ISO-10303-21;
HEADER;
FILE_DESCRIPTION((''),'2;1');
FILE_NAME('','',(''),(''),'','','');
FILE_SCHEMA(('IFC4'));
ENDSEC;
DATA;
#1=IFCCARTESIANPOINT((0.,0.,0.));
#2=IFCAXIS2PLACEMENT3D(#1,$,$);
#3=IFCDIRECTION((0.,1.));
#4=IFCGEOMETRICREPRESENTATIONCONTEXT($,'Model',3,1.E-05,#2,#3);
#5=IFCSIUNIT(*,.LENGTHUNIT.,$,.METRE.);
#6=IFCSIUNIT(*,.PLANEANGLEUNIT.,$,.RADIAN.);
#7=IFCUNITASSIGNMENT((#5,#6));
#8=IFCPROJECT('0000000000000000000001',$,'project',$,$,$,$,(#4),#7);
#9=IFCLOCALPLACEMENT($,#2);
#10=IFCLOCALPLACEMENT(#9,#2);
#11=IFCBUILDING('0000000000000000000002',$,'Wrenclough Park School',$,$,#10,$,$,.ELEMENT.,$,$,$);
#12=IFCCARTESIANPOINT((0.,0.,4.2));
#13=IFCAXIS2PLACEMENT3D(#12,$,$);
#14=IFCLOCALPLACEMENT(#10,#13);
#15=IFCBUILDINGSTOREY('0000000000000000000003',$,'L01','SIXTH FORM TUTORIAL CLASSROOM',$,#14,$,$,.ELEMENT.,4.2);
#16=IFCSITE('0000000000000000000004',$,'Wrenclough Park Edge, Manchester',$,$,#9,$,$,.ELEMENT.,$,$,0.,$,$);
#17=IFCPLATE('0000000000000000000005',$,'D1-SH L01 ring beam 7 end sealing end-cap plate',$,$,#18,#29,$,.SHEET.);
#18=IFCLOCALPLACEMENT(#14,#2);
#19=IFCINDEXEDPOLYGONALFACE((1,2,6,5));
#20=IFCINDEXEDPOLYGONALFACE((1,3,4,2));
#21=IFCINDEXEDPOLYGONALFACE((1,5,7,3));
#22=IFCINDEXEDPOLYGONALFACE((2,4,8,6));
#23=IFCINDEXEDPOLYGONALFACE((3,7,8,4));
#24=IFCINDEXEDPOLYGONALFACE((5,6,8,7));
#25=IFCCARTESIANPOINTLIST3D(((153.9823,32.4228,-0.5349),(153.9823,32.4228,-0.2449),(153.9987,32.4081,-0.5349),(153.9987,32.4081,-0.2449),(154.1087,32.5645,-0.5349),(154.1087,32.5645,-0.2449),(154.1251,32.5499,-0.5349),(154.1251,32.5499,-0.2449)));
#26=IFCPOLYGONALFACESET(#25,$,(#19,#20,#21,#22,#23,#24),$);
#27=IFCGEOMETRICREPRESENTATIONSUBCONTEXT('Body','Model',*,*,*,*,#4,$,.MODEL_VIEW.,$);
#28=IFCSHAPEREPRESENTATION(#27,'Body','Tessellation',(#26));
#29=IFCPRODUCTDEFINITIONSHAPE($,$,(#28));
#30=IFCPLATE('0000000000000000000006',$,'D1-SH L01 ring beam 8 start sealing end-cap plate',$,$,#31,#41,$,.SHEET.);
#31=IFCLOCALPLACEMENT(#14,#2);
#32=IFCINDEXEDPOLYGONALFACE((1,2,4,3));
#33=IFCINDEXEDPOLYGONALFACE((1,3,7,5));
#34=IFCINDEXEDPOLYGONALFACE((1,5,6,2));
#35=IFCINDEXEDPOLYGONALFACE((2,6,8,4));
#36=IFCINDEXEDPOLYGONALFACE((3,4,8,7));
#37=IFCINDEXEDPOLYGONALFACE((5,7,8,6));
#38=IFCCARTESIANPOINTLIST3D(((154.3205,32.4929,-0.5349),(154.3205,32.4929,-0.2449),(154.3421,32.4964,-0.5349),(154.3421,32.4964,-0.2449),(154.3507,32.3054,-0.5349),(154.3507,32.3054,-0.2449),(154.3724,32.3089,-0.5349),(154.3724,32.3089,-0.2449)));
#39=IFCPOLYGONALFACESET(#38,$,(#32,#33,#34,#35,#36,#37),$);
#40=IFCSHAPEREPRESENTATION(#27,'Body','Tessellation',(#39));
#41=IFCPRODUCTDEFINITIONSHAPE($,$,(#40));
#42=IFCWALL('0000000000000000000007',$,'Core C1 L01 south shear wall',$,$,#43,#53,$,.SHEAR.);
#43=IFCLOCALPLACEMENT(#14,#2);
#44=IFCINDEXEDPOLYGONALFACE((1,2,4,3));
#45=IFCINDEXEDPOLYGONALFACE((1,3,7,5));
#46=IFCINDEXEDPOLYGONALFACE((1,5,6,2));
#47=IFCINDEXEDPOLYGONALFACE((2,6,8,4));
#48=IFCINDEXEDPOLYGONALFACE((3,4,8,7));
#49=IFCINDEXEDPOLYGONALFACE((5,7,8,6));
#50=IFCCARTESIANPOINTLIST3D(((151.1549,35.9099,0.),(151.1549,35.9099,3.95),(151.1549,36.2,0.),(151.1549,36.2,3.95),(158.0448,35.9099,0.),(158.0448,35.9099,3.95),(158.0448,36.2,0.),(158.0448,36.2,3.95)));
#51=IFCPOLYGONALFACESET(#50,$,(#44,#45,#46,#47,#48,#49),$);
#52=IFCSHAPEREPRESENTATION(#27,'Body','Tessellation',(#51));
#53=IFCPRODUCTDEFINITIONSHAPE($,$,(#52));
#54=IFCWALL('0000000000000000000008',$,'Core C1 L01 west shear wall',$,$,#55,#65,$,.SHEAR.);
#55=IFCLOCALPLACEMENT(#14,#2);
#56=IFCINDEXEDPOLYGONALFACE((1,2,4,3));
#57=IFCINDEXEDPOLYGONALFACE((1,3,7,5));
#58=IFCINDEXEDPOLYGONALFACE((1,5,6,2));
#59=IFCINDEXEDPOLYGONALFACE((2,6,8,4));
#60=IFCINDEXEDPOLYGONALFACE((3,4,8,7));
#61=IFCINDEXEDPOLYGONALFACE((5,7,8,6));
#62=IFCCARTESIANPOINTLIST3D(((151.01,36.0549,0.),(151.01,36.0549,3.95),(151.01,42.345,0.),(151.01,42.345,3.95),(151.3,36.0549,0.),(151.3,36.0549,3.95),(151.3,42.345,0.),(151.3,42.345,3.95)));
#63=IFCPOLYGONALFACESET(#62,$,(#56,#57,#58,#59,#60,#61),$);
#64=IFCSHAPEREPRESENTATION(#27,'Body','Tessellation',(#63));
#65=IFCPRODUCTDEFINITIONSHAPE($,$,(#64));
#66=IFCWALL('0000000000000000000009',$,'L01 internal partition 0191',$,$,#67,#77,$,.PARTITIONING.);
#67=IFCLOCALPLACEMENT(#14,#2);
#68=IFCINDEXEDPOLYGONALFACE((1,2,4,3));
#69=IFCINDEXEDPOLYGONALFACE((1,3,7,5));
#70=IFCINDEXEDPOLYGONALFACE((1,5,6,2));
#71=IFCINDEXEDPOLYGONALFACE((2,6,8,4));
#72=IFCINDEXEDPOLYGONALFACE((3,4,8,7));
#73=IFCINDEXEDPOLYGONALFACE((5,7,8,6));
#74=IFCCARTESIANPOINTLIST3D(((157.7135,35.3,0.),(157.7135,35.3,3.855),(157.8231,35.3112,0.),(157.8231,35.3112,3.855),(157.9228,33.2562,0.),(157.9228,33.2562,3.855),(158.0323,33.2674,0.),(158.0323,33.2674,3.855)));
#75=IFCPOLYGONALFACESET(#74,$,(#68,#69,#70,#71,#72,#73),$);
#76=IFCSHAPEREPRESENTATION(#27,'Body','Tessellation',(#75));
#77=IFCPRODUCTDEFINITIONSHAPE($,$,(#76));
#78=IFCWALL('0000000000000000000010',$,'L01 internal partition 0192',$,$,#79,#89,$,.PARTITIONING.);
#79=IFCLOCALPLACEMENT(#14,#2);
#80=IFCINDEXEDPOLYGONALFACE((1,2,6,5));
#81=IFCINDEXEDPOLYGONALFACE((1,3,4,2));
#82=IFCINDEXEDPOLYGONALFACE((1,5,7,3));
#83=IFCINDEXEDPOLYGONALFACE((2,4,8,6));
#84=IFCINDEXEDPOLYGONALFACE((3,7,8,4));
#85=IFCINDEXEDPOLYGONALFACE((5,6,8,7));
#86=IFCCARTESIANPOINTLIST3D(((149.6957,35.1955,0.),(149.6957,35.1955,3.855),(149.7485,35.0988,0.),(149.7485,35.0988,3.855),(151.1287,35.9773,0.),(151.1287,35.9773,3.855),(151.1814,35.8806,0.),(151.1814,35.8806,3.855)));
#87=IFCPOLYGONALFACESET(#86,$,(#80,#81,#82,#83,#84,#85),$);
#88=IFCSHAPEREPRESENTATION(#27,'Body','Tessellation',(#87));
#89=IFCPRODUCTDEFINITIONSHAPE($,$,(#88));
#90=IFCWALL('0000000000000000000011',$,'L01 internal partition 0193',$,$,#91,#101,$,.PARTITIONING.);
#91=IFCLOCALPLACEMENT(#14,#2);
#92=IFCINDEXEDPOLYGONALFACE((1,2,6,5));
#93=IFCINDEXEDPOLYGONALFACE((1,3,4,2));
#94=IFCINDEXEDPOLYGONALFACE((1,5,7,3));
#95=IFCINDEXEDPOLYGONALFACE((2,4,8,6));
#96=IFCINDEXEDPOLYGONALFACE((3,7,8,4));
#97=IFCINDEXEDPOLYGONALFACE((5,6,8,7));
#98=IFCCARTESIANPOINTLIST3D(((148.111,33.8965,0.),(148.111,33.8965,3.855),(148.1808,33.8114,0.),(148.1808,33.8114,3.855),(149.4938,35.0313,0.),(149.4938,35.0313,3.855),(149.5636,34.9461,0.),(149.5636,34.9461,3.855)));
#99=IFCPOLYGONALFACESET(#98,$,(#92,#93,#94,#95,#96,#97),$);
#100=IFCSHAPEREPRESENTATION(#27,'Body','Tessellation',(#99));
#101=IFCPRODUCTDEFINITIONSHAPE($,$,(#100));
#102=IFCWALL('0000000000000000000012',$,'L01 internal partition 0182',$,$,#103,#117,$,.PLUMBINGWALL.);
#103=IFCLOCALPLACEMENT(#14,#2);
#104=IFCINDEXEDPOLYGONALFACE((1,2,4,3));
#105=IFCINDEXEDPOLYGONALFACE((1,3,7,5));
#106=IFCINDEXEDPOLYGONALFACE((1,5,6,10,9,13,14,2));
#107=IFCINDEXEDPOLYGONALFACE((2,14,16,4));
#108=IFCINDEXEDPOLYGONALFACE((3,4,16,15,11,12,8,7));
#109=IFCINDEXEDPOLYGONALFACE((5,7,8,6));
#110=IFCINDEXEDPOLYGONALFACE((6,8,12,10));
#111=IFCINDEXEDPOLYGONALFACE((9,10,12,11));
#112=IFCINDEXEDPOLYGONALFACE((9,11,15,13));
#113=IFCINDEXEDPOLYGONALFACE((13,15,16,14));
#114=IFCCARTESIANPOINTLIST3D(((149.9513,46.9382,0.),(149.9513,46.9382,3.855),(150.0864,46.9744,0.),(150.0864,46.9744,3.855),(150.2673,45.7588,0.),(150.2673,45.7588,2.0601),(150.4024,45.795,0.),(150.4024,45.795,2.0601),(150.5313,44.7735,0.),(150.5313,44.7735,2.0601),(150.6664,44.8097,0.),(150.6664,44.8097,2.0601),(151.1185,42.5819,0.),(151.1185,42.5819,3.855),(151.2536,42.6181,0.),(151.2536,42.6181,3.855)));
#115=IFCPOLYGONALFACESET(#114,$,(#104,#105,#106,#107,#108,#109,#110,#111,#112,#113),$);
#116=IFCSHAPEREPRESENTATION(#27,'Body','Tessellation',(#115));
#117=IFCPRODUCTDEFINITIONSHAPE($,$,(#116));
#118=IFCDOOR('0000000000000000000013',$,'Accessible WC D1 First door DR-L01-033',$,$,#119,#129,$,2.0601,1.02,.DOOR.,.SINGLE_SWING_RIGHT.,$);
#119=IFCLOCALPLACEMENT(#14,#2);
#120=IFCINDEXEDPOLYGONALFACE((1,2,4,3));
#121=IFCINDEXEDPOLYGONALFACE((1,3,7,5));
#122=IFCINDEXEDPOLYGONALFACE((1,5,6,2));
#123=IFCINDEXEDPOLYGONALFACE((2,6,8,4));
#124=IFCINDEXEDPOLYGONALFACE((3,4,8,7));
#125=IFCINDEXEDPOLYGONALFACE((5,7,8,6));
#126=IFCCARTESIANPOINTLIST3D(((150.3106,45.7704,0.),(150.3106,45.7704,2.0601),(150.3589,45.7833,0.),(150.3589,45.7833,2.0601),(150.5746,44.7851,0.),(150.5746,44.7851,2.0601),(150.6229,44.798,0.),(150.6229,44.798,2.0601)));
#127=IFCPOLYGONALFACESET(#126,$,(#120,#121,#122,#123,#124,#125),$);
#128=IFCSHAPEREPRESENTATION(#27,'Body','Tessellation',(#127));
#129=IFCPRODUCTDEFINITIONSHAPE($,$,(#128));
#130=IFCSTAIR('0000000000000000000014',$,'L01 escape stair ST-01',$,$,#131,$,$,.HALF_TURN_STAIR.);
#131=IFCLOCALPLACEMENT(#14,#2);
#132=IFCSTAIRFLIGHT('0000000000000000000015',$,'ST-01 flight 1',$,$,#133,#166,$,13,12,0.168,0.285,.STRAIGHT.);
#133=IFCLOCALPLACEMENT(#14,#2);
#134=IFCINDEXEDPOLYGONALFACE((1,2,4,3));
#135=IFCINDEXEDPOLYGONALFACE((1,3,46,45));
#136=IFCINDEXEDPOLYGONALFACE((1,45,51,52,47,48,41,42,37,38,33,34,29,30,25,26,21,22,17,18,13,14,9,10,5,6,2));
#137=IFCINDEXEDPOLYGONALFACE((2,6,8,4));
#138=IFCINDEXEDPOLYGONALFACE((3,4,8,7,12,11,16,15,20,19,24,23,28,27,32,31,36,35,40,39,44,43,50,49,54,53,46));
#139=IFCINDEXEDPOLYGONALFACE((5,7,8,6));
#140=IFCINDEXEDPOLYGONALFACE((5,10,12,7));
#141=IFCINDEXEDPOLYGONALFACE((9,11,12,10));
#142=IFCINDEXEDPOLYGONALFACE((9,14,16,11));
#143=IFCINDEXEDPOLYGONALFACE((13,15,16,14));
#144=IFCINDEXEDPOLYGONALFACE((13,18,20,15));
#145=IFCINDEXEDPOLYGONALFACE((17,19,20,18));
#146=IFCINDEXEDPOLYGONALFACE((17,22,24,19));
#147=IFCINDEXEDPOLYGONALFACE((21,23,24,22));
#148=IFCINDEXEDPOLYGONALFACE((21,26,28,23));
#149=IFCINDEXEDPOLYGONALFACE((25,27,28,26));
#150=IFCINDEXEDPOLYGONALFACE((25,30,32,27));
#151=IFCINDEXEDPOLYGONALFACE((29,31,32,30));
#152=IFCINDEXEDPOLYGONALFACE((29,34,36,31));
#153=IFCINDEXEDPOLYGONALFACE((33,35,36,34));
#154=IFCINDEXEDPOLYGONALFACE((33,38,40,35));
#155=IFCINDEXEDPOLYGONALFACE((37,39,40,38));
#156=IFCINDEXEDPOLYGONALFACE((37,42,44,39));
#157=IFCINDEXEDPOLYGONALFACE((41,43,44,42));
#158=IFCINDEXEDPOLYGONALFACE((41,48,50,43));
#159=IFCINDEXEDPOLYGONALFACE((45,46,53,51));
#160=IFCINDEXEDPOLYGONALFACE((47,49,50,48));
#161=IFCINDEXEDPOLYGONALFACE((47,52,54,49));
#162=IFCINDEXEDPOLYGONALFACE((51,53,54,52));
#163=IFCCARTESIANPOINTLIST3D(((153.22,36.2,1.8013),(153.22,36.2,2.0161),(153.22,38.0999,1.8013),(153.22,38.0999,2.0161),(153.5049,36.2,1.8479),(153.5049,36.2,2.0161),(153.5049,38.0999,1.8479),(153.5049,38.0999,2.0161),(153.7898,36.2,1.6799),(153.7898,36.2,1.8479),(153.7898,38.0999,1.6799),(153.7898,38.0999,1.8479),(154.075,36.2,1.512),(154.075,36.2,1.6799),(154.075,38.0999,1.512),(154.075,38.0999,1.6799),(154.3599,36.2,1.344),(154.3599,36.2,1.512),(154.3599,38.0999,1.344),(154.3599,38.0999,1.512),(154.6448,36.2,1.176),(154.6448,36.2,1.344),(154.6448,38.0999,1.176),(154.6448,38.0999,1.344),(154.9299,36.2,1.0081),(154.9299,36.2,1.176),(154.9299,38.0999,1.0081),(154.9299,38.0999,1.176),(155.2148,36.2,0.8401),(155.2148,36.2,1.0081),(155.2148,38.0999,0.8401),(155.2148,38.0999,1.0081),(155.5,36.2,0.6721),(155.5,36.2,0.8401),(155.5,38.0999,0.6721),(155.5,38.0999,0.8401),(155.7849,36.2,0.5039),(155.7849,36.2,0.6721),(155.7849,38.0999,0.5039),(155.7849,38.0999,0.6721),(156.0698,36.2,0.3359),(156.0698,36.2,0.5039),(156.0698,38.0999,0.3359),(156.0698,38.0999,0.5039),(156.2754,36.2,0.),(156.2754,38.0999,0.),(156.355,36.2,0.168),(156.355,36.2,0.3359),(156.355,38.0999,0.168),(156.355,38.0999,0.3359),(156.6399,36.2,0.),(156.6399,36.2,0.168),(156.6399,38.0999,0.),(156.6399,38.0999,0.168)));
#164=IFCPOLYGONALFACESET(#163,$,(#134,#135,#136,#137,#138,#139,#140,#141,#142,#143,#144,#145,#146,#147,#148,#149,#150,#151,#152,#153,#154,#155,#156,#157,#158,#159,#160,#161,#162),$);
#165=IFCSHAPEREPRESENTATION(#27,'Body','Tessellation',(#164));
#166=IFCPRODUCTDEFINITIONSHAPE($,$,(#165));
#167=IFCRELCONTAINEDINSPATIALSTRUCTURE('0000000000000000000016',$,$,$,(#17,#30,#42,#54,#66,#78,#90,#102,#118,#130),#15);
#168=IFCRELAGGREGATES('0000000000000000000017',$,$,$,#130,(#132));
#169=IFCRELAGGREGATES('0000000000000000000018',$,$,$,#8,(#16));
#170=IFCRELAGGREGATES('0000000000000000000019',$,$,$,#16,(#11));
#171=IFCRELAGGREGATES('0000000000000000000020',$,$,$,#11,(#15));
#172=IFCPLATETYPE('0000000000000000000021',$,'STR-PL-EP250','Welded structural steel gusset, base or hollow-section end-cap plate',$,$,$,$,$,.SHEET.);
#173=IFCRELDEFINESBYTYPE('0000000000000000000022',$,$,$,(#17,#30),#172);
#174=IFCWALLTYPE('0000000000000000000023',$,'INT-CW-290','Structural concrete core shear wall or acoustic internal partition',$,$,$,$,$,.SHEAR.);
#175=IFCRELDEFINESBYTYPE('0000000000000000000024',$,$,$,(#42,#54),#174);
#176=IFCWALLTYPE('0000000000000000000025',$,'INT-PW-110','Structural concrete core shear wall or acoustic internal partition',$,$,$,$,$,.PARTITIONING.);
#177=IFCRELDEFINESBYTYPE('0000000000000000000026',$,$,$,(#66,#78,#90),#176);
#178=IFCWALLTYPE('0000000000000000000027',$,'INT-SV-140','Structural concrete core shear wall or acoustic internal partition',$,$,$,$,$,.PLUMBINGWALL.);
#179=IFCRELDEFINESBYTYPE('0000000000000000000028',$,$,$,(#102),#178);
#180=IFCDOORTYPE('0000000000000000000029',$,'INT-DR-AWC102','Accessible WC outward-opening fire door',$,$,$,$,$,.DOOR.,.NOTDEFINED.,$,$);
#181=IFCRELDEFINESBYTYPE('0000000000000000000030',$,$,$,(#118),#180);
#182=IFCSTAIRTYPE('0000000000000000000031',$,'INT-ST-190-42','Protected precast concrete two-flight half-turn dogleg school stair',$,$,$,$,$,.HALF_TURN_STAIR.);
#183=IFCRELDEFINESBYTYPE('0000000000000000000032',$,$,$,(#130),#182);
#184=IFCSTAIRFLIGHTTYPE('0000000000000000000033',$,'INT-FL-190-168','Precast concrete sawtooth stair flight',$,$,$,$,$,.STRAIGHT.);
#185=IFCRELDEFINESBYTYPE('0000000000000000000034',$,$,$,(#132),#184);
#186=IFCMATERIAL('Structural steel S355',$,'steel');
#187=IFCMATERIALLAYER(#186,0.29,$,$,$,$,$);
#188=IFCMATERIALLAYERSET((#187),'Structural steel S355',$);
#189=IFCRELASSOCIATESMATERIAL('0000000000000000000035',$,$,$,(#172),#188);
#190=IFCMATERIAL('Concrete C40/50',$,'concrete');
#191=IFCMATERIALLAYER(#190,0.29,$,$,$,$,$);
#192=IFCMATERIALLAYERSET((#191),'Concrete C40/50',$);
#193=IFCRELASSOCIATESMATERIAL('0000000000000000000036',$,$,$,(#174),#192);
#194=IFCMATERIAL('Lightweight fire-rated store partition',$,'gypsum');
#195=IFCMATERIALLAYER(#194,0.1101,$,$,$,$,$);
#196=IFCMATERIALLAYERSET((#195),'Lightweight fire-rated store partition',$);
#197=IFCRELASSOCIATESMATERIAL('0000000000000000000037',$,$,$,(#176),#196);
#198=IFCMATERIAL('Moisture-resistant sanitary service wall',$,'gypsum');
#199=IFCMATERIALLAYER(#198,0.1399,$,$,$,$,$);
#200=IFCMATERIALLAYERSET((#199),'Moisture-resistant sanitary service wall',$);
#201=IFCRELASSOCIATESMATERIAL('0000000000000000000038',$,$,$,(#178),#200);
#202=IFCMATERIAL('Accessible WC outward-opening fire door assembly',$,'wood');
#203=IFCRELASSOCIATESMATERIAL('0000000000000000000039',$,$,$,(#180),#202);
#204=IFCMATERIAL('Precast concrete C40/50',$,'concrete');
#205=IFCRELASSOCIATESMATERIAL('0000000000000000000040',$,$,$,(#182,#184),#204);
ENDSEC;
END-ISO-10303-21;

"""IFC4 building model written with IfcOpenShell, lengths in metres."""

from ifc_helpers import new_model, si_unit, direction, frame, frame_2d, origin, origin_2d, place, context, subcontext, project, spatial, polyline, rectangle, outline, extrude, material, layer, layer_set, type_object, element, fill, aggregate, save


model = new_model("IFC4")

# Units and contexts
model_context = context("Model", 3, precision=1e-05, world=origin(), true_north=direction((0.0, 1.0)))
body_context = subcontext(model_context, "Body", "Model", "MODEL_VIEW")
ifc_project = project(units=[si_unit("LENGTHUNIT", "METRE"), si_unit("PLANEANGLEUNIT", "RADIAN")], contexts=[model_context])

# Site, building, storey
site_placement = place(None, origin())
site = spatial("IfcSite", under=ifc_project, at=site_placement, Name="Wrenclough Park Edge, Manchester", CompositionType="ELEMENT", RefElevation=0.0)
building_placement = place(site_placement, origin())
building = spatial("IfcBuilding", under=site, at=building_placement, Name="Wrenclough Park School", CompositionType="ELEMENT")
storey_placement = place(building_placement, frame((0.0, 0.0, 4.2)))
storey = spatial("IfcBuildingStorey", under=building, at=storey_placement, Name="L01", Description="SIXTH FORM TUTORIAL CLASSROOM", CompositionType="ELEMENT", Elevation=4.2)

# Shared definitions
ifc_material_1 = material(Name="Structural steel S355", Category="steel")

# Plates
ifc_layer_1 = layer(ifc_material_1, 0.29)
ifc_layer_set_1 = layer_set([ifc_layer_1], Name="Structural steel S355")
plate_type = type_object("IfcPlateType", Name="STR-PL-EP250", Description="Welded structural steel gusset, base or hollow-section end-cap plate", PredefinedType="SHEET", material=ifc_layer_set_1)
for number, where, z_axis, x_axis, name in (
    (1, (154.0537, 32.4863, -0.5349), (0.0, 0.0, 1.0), (0.746406, -0.665491, 0.0), "D1-SH L01 ring beam 7 end sealing end-cap plate"),
    (2, (154.3464, 32.4009, -0.5349), (0.0, 0.0, 1.0), (0.98722, 0.159364, 0.0), "D1-SH L01 ring beam 8 start sealing end-cap plate"),
):
    element("IfcPlate", number, at=place(storey_placement, frame(where, z_axis=z_axis, x_axis=x_axis)), inside=storey, type_object=plate_type, Name=name, PredefinedType="SHEET", context=body_context, shape_type="SweptSolid", body=[
        extrude(rectangle(XDim=0.022, YDim=0.1899, at=origin_2d()), origin(), (0.0, 0.0, 1.0), 0.29),
    ])

# Walls
ifc_material_2 = material(Name="Concrete C40/50", Category="concrete")
ifc_layer_2 = layer(ifc_material_2, 0.29)
ifc_layer_set_2 = layer_set([ifc_layer_2], Name="Concrete C40/50")
wall_type_1 = type_object("IfcWallType", Name="INT-CW-290", Description="Structural concrete core shear wall or acoustic internal partition", PredefinedType="SHEAR", material=ifc_layer_set_2)
wall_1_placement = place(storey_placement, frame((151.155, 36.0549, 0.0), z_axis=(0.0, 0.0, 1.0), x_axis=(1.0, 0.0, 0.0)))
element("IfcWall", 3, at=wall_1_placement, inside=storey, type_object=wall_type_1, Name="Core C1 L01 south shear wall", PredefinedType="SHEAR", context=body_context, shape_type="SweptSolid", body=[
    extrude(rectangle(XDim=6.8899, YDim=0.29, at=frame_2d((3.4448, 0.0))), origin(), (0.0, 0.0, 1.0), 3.95),
])
wall_2_placement = place(storey_placement, frame((151.155, 42.345, 0.0), z_axis=(0.0, 0.0, 1.0), x_axis=(0.0, -1.0, 0.0)))
element("IfcWall", 4, at=wall_2_placement, inside=storey, type_object=wall_type_1, Name="Core C1 L01 west shear wall", PredefinedType="SHEAR", context=body_context, shape_type="SweptSolid", body=[
    extrude(rectangle(XDim=6.29, YDim=0.29, at=frame_2d((3.145, 0.0))), origin(), (0.0, 0.0, 1.0), 3.95),
])
ifc_material_3 = material(Name="Lightweight fire-rated store partition", Category="gypsum")
ifc_layer_3 = layer(ifc_material_3, 0.1101)
ifc_layer_set_3 = layer_set([ifc_layer_3], Name="Lightweight fire-rated store partition")
wall_type_2 = type_object("IfcWallType", Name="INT-PW-110", Description="Structural concrete core shear wall or acoustic internal partition", PredefinedType="PARTITIONING", material=ifc_layer_set_3)
wall_3_placement = place(storey_placement, frame((157.9775, 33.2617, 0.0), z_axis=(0.0, 0.0, 1.0), x_axis=(-0.101845, 0.9948, 0.0)))
element("IfcWall", 5, at=wall_3_placement, inside=storey, type_object=wall_type_2, Name="L01 internal partition 0191", PredefinedType="PARTITIONING", context=body_context, shape_type="SweptSolid", body=[
    extrude(rectangle(XDim=2.0544, YDim=0.1101, at=frame_2d((1.0273, 0.0))), origin(), (0.0, 0.0, 1.0), 3.855),
])
wall_4_placement = place(storey_placement, frame((151.155, 35.929, 0.0), z_axis=(0.0, 0.0, 1.0), x_axis=(-0.87785, -0.478936, 0.0)))
element("IfcWall", 6, at=wall_4_placement, inside=storey, type_object=wall_type_2, Name="L01 internal partition 0192", PredefinedType="PARTITIONING", context=body_context, shape_type="SweptSolid", body=[
    extrude(rectangle(XDim=1.6323, YDim=0.1101, at=frame_2d((0.8162, 0.0))), origin(), (0.0, 0.0, 1.0), 3.855),
])
wall_5_placement = place(storey_placement, frame((149.5288, 34.9888, 0.0), z_axis=(0.0, 0.0, 1.0), x_axis=(-0.773032, -0.634367, 0.0)))
element("IfcWall", 7, at=wall_5_placement, inside=storey, type_object=wall_type_2, Name="L01 internal partition 0193", PredefinedType="PARTITIONING", context=body_context, shape_type="SweptSolid", body=[
    extrude(rectangle(XDim=1.7888, YDim=0.1101, at=frame_2d((0.8945, 0.0))), origin(), (0.0, 0.0, 1.0), 3.855),
])

# Wall, opening, door
ifc_material_4 = material(Name="Moisture-resistant sanitary service wall", Category="gypsum")
ifc_layer_4 = layer(ifc_material_4, 0.1399)
ifc_layer_set_4 = layer_set([ifc_layer_4], Name="Moisture-resistant sanitary service wall")
wall_type_3 = type_object("IfcWallType", Name="INT-SV-140", Description="Structural concrete core shear wall or acoustic internal partition", PredefinedType="PLUMBINGWALL", material=ifc_layer_set_4)
wall_6_placement = place(storey_placement, frame((151.186, 42.6001, 0.0), z_axis=(0.0, 0.0, 1.0), x_axis=(-0.258805, 0.96593, 0.0)))
wall_6 = element("IfcWall", 8, at=wall_6_placement, inside=storey, type_object=wall_type_3, Name="L01 internal partition 0182", PredefinedType="PLUMBINGWALL", context=body_context, shape_type="SweptSolid", body=[
    extrude(rectangle(XDim=4.51, YDim=0.1399, at=frame_2d((2.2549, 0.0))), origin(), (0.0, 0.0, 1.0), 3.855),
])
opening_placement = place(wall_6_placement, frame((2.2688, 0.0, 0.0)))
opening = element("IfcOpeningElement", 9, at=opening_placement, cuts=wall_6, PredefinedType="OPENING", context=body_context, shape_type="SweptSolid", body=[
    extrude(rectangle(XDim=1.02, YDim=2.0601, at=frame_2d((0.51, 1.03))), frame((0.0, 0.0798, 0.0), z_axis=(0.0, -1.0, 0.0), x_axis=(1.0, 0.0, 0.0)), (0.0, 0.0, 1.0), 0.1599),
])
ifc_material_5 = material(Name="Accessible WC outward-opening fire door assembly", Category="wood")
door_type = type_object("IfcDoorType", Name="INT-DR-AWC102", Description="Accessible WC outward-opening fire door", OperationType="NOTDEFINED", PredefinedType="DOOR", material=ifc_material_5)
door_placement = place(opening_placement, frame((1.02, 0.0, 0.0), z_axis=(0.0, 0.0, 1.0), x_axis=(-1.0, 0.0, 0.0)))
door = element("IfcDoor", 10, at=door_placement, inside=storey, type_object=door_type, Name="Accessible WC D1 First door DR-L01-033", OperationType="SINGLE_SWING_RIGHT", OverallHeight=2.0601, OverallWidth=1.02, PredefinedType="DOOR", context=body_context, shape_type="SweptSolid", body=[
    extrude(rectangle(XDim=1.02, YDim=2.0601, at=frame_2d((0.51, 1.03))), frame((0.0, 0.0249, 0.0), z_axis=(0.0, -1.0, 0.0), x_axis=(1.0, 0.0, 0.0)), (0.0, 0.0, 1.0), 0.05),
])
fill(opening, door)

# Stair, stair flight
ifc_material_6 = material(Name="Precast concrete C40/50", Category="concrete")
stair_type = type_object("IfcStairType", Name="INT-ST-190-42", Description="Protected precast concrete two-flight half-turn dogleg school stair", PredefinedType="HALF_TURN_STAIR", material=ifc_material_6)
stair_placement = place(storey_placement, origin())
stair = element("IfcStair", 11, at=stair_placement, inside=storey, type_object=stair_type, Name="L01 escape stair ST-01", PredefinedType="HALF_TURN_STAIR")
stair_flight_type = type_object("IfcStairFlightType", Name="INT-FL-190-168", Description="Precast concrete sawtooth stair flight", PredefinedType="STRAIGHT", material=ifc_material_6)
stair_flight_1_placement = place(storey_placement, frame((156.6399, 37.1499, 0.0), z_axis=(0.0, 0.0, 1.0), x_axis=(-1.0, 0.0, 0.0)))
stair_flight_1 = element("IfcStairFlight", 12, at=stair_flight_1_placement, type_object=stair_flight_type, Name="ST-01 flight 1", NumberOfRisers=13, NumberOfTreads=12, PredefinedType="STRAIGHT", RiserHeight=0.168, TreadLength=0.285, context=body_context, shape_type="SweptSolid", body=[
    extrude(outline(polyline([(0.0, 0.0), (0.0, 0.168), (0.2849, 0.168), (0.2849, 0.3359), (0.5701, 0.3359), (0.5701, 0.5039), (0.855, 0.5039), (0.855, 0.6721), (1.1399, 0.6721), (1.1399, 0.8401), (1.425, 0.8401), (1.425, 1.0081), (1.71, 1.0081), (1.71, 1.176), (1.9951, 1.176), (1.9951, 1.344), (2.28, 1.344), (2.28, 1.512), (2.5649, 1.512), (2.5649, 1.6799), (2.8501, 1.6799), (2.8501, 1.8479), (3.135, 1.8479), (3.135, 2.0161), (3.4199, 2.0161), (3.4199, 2.1841), (3.4199, 1.8013), (0.3645, 0.0), (0.0, 0.0)])), frame((0.0, 0.95, 0.0), z_axis=(0.0, -1.0, 0.0), x_axis=(1.0, 0.0, 0.0)), (0.0, 0.0, 1.0), 1.8999),
])
aggregate(stair, [stair_flight_1])

save(model, "model.ifc")
